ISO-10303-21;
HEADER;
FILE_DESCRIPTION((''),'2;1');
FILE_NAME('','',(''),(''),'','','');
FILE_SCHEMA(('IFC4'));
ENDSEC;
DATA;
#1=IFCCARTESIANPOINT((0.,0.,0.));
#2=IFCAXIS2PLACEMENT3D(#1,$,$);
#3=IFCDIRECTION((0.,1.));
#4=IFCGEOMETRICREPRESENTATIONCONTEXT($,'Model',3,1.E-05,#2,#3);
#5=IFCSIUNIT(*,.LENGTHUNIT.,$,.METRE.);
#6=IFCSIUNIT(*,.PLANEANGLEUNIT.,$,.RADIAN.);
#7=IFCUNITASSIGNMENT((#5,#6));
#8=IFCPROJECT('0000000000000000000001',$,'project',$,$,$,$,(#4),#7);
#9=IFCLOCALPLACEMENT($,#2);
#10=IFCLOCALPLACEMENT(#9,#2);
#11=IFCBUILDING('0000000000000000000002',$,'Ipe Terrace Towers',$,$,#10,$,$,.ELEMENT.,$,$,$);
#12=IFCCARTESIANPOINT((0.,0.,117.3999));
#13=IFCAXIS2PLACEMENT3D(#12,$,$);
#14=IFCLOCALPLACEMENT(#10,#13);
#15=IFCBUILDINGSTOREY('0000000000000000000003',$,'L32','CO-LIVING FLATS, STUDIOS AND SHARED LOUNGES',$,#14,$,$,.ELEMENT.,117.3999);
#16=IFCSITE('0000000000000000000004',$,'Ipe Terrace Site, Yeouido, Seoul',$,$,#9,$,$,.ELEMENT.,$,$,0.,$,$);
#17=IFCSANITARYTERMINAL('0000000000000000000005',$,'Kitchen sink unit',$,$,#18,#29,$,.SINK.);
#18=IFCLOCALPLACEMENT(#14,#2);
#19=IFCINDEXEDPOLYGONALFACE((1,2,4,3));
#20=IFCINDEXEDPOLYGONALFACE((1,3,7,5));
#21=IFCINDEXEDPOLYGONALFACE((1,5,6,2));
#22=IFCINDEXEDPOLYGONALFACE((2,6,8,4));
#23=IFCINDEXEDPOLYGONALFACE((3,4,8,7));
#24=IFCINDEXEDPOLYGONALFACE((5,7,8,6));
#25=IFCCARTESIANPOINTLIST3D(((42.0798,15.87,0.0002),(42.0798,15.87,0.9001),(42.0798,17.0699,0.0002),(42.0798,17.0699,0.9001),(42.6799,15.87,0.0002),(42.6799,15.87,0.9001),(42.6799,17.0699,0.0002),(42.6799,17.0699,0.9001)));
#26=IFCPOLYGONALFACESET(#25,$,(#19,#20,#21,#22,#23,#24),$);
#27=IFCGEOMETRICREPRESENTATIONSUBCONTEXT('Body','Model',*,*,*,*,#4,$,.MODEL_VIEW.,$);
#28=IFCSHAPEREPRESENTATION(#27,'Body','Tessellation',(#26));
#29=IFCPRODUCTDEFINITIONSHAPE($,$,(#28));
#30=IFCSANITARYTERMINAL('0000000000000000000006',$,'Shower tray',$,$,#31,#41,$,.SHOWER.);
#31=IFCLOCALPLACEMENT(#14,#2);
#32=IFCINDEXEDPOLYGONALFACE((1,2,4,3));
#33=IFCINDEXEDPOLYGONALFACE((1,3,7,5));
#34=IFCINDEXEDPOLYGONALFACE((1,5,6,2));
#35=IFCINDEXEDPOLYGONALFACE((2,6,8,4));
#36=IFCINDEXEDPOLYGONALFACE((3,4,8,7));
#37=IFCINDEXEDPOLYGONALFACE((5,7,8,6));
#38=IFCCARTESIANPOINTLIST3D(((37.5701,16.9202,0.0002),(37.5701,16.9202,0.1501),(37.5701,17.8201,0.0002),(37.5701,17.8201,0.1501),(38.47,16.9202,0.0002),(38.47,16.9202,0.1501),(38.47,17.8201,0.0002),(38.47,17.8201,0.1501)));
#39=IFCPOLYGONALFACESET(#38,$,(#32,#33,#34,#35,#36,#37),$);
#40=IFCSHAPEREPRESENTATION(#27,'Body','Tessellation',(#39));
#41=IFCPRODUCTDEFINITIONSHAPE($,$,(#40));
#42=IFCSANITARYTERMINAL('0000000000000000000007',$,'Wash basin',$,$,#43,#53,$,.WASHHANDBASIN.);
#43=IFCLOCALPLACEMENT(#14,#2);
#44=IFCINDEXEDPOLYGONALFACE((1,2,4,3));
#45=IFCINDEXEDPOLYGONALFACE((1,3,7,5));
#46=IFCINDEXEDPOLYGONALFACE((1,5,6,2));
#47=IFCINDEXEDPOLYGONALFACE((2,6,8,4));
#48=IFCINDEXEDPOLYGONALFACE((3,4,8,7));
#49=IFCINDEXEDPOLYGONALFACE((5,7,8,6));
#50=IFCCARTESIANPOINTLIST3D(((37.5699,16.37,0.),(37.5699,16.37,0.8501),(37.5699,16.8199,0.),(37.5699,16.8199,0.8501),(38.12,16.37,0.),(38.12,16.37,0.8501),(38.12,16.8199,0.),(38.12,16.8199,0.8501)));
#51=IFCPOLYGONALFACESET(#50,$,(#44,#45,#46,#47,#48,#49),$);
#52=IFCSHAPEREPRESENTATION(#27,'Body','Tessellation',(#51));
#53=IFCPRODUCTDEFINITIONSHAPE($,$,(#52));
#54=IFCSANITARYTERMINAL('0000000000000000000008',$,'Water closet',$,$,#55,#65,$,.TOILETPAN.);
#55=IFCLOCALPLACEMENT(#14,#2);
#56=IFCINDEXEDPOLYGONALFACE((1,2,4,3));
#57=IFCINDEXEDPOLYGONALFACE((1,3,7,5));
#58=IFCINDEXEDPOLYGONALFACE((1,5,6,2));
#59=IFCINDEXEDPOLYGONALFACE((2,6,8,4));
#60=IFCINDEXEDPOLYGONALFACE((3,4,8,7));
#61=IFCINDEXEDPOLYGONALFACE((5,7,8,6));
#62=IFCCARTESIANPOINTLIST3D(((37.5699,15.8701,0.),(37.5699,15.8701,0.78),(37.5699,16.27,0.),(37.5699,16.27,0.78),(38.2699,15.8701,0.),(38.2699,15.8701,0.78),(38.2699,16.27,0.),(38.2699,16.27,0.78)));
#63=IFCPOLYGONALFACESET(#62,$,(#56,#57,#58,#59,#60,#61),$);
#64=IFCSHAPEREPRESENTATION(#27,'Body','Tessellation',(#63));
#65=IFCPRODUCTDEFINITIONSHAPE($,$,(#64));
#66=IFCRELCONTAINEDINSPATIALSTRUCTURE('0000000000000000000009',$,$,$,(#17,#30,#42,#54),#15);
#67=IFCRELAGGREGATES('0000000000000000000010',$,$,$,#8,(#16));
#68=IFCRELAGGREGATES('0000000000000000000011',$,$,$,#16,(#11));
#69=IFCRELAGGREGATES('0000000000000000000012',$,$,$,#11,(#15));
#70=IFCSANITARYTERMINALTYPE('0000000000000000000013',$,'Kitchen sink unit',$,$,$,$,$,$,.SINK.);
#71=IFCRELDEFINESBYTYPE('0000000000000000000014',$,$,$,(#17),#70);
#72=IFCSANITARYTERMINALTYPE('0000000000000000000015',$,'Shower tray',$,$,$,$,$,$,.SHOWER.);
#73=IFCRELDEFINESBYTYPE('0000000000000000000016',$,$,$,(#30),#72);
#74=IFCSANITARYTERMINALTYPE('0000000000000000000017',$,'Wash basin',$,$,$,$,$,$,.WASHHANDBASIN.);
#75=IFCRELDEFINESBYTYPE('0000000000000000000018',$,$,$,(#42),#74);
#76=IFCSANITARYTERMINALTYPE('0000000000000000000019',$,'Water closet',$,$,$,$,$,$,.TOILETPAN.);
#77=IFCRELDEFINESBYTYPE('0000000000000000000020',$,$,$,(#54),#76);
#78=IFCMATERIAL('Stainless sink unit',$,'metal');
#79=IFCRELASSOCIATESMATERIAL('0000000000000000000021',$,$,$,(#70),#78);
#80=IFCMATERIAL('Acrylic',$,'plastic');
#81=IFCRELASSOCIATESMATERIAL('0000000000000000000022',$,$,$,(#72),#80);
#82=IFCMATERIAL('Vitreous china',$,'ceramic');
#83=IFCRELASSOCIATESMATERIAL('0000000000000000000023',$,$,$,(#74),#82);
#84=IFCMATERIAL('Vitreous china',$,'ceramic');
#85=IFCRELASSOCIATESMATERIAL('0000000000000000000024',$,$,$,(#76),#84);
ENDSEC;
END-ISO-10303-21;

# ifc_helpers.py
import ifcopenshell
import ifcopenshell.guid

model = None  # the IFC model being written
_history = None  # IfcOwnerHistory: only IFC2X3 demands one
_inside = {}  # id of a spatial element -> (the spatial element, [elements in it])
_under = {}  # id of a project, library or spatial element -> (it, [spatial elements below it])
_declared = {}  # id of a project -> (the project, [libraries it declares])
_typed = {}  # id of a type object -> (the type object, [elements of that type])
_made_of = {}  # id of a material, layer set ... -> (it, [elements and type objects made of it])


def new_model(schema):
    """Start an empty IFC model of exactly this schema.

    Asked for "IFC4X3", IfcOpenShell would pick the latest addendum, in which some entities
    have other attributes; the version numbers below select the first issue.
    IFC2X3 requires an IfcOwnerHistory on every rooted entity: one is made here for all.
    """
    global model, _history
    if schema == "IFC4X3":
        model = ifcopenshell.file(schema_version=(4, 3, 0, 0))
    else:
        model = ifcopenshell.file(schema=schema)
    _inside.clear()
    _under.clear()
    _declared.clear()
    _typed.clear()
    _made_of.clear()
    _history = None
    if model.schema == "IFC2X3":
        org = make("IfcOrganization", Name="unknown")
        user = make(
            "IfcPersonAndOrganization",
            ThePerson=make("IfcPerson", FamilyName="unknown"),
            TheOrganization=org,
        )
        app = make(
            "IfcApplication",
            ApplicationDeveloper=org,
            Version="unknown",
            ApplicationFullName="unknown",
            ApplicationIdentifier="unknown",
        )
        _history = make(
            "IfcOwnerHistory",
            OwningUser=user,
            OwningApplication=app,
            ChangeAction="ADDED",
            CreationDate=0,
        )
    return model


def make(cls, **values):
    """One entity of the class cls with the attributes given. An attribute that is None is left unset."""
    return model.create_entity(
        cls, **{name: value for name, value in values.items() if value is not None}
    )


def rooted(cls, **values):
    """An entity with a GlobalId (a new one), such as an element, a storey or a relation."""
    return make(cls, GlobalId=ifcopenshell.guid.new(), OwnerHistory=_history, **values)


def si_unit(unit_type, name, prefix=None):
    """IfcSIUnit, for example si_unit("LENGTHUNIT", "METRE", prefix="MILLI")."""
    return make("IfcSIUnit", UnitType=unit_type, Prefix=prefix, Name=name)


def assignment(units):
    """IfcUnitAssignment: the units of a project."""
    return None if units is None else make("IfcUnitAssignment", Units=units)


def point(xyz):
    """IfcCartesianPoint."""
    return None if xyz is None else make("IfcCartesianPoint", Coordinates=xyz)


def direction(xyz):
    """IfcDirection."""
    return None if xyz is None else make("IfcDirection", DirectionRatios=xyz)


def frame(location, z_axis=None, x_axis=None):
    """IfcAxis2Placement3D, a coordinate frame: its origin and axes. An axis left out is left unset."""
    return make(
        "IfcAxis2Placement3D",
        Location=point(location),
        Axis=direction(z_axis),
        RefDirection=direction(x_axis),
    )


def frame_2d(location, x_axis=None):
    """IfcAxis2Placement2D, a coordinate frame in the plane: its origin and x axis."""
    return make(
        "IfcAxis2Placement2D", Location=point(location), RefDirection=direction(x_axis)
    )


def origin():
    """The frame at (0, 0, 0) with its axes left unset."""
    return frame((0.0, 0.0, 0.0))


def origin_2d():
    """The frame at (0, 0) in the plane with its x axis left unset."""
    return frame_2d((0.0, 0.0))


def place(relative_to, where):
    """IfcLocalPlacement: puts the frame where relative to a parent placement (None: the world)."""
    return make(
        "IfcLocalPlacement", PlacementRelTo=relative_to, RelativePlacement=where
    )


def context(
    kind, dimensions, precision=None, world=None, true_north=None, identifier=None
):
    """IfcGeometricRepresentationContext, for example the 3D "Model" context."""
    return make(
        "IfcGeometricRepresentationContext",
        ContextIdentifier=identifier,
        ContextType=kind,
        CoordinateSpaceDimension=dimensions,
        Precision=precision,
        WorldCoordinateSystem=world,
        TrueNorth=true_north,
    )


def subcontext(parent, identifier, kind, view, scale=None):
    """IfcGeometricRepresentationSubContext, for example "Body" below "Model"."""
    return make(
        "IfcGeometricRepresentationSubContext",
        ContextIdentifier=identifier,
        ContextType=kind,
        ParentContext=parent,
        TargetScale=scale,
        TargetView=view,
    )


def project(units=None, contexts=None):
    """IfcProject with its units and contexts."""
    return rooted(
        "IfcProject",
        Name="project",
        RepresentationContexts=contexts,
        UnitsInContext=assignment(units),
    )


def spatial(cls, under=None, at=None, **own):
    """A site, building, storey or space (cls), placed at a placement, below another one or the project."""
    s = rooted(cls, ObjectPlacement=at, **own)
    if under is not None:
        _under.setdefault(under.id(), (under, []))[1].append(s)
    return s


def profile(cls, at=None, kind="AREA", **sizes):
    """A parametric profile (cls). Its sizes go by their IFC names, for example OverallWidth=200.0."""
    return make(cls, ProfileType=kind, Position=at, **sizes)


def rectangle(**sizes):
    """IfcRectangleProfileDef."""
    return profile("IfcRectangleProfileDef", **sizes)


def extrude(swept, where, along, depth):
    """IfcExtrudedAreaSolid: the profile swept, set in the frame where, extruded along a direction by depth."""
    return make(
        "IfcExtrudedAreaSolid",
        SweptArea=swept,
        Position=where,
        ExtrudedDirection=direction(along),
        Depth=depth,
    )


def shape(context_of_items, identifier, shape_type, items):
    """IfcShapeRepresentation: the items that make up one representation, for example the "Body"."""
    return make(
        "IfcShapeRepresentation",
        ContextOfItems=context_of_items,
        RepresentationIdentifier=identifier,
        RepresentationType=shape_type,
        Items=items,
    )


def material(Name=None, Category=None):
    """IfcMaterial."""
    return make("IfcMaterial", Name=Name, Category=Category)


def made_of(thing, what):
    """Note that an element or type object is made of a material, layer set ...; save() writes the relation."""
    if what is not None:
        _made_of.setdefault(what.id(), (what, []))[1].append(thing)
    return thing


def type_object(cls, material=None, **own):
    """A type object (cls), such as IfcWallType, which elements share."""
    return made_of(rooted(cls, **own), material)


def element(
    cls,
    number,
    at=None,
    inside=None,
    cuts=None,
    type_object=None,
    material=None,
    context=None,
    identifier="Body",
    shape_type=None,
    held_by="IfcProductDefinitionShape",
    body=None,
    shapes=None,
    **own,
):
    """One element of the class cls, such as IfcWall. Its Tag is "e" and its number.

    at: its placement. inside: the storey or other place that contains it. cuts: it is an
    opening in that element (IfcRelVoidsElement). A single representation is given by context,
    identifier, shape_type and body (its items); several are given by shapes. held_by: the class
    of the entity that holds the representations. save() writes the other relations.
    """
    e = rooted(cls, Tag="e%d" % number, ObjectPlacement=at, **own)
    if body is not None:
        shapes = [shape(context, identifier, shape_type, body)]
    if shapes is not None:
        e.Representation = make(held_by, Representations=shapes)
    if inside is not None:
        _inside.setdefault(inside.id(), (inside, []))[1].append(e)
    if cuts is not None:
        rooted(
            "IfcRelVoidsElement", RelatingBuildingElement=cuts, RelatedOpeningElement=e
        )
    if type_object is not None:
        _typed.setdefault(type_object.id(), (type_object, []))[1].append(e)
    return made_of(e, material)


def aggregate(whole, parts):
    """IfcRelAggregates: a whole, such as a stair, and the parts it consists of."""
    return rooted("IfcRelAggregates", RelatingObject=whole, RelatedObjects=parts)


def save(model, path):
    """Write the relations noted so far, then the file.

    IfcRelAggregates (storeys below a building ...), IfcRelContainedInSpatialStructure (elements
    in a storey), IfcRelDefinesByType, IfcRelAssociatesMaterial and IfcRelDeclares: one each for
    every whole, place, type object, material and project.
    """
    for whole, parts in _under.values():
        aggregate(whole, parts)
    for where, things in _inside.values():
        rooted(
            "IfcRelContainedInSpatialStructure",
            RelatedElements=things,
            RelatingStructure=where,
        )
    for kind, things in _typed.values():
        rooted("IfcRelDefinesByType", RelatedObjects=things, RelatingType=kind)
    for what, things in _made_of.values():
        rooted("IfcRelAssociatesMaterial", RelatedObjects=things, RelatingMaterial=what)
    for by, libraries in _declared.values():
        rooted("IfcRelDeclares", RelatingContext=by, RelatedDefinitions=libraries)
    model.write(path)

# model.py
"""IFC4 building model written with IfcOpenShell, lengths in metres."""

from ifc_helpers import new_model, si_unit, direction, frame, origin, origin_2d, place, context, subcontext, project, spatial, rectangle, extrude, material, type_object, element, save


model = new_model("IFC4")

# Units and contexts
model_context = context("Model", 3, precision=1e-05, world=origin(), true_north=direction((0.0, 1.0)))
body_context = subcontext(model_context, "Body", "Model", "MODEL_VIEW")
ifc_project = project(units=[si_unit("LENGTHUNIT", "METRE"), si_unit("PLANEANGLEUNIT", "RADIAN")], contexts=[model_context])

# Site, building, storey
site_placement = place(None, origin())
site = spatial("IfcSite", under=ifc_project, at=site_placement, Name="Ipe Terrace Site, Yeouido, Seoul", CompositionType="ELEMENT", RefElevation=0.0)
building_placement = place(site_placement, origin())
building = spatial("IfcBuilding", under=site, at=building_placement, Name="Ipe Terrace Towers", CompositionType="ELEMENT")
storey_placement = place(building_placement, frame((0.0, 0.0, 117.3999)))
storey = spatial("IfcBuildingStorey", under=building, at=storey_placement, Name="L32", Description="CO-LIVING FLATS, STUDIOS AND SHARED LOUNGES", CompositionType="ELEMENT", Elevation=117.3999)

# Sanitary terminals
ifc_material_1 = material(Name="Stainless sink unit", Category="metal")
sanitary_terminal_type_1 = type_object("IfcSanitaryTerminalType", Name="Kitchen sink unit", PredefinedType="SINK", material=ifc_material_1)
sanitary_terminal_1_placement = place(storey_placement, frame((42.3799, 16.47, 0.0002), z_axis=(0.0, 0.0, 1.0), x_axis=(0.0, -1.0, 0.0)))
element("IfcSanitaryTerminal", 1, at=sanitary_terminal_1_placement, inside=storey, type_object=sanitary_terminal_type_1, Name="Kitchen sink unit", PredefinedType="SINK", context=body_context, shape_type="SweptSolid", body=[
    extrude(rectangle(XDim=1.2, YDim=0.6001, at=origin_2d()), origin(), (0.0, 0.0, 1.0), 0.8999),
])
ifc_material_2 = material(Name="Acrylic", Category="plastic")
sanitary_terminal_type_2 = type_object("IfcSanitaryTerminalType", Name="Shower tray", PredefinedType="SHOWER", material=ifc_material_2)
sanitary_terminal_2_placement = place(storey_placement, frame((38.02, 17.3701, 0.0002), z_axis=(0.0, 0.0, 1.0), x_axis=(1.0, 0.0, 0.0)))
element("IfcSanitaryTerminal", 2, at=sanitary_terminal_2_placement, inside=storey, type_object=sanitary_terminal_type_2, Name="Shower tray", PredefinedType="SHOWER", context=body_context, shape_type="SweptSolid", body=[
    extrude(rectangle(XDim=0.8999, YDim=0.8999, at=origin_2d()), origin(), (0.0, 0.0, 1.0), 0.1499),
])
ifc_material_3 = material(Name="Vitreous china", Category="ceramic")
sanitary_terminal_type_3 = type_object("IfcSanitaryTerminalType", Name="Wash basin", PredefinedType="WASHHANDBASIN", material=ifc_material_3)
sanitary_terminal_3_placement = place(storey_placement, frame((37.845, 16.595, 0.0), z_axis=(0.0, 0.0, 1.0), x_axis=(1.0, 0.0, 0.0)))
element("IfcSanitaryTerminal", 3, at=sanitary_terminal_3_placement, inside=storey, type_object=sanitary_terminal_type_3, Name="Wash basin", PredefinedType="WASHHANDBASIN", context=body_context, shape_type="SweptSolid", body=[
    extrude(rectangle(XDim=0.55, YDim=0.45, at=origin_2d()), origin(), (0.0, 0.0, 1.0), 0.8501),
])
ifc_material_4 = material(Name="Vitreous china", Category="ceramic")
sanitary_terminal_type_4 = type_object("IfcSanitaryTerminalType", Name="Water closet", PredefinedType="TOILETPAN", material=ifc_material_4)
sanitary_terminal_4_placement = place(storey_placement, frame((37.9199, 16.0701, 0.0), z_axis=(0.0, 0.0, 1.0), x_axis=(1.0, 0.0, 0.0)))
element("IfcSanitaryTerminal", 4, at=sanitary_terminal_4_placement, inside=storey, type_object=sanitary_terminal_type_4, Name="Water closet", PredefinedType="TOILETPAN", context=body_context, shape_type="SweptSolid", body=[
    extrude(rectangle(XDim=0.7, YDim=0.3999, at=origin_2d()), origin(), (0.0, 0.0, 1.0), 0.78),
])

save(model, "model.ifc")
